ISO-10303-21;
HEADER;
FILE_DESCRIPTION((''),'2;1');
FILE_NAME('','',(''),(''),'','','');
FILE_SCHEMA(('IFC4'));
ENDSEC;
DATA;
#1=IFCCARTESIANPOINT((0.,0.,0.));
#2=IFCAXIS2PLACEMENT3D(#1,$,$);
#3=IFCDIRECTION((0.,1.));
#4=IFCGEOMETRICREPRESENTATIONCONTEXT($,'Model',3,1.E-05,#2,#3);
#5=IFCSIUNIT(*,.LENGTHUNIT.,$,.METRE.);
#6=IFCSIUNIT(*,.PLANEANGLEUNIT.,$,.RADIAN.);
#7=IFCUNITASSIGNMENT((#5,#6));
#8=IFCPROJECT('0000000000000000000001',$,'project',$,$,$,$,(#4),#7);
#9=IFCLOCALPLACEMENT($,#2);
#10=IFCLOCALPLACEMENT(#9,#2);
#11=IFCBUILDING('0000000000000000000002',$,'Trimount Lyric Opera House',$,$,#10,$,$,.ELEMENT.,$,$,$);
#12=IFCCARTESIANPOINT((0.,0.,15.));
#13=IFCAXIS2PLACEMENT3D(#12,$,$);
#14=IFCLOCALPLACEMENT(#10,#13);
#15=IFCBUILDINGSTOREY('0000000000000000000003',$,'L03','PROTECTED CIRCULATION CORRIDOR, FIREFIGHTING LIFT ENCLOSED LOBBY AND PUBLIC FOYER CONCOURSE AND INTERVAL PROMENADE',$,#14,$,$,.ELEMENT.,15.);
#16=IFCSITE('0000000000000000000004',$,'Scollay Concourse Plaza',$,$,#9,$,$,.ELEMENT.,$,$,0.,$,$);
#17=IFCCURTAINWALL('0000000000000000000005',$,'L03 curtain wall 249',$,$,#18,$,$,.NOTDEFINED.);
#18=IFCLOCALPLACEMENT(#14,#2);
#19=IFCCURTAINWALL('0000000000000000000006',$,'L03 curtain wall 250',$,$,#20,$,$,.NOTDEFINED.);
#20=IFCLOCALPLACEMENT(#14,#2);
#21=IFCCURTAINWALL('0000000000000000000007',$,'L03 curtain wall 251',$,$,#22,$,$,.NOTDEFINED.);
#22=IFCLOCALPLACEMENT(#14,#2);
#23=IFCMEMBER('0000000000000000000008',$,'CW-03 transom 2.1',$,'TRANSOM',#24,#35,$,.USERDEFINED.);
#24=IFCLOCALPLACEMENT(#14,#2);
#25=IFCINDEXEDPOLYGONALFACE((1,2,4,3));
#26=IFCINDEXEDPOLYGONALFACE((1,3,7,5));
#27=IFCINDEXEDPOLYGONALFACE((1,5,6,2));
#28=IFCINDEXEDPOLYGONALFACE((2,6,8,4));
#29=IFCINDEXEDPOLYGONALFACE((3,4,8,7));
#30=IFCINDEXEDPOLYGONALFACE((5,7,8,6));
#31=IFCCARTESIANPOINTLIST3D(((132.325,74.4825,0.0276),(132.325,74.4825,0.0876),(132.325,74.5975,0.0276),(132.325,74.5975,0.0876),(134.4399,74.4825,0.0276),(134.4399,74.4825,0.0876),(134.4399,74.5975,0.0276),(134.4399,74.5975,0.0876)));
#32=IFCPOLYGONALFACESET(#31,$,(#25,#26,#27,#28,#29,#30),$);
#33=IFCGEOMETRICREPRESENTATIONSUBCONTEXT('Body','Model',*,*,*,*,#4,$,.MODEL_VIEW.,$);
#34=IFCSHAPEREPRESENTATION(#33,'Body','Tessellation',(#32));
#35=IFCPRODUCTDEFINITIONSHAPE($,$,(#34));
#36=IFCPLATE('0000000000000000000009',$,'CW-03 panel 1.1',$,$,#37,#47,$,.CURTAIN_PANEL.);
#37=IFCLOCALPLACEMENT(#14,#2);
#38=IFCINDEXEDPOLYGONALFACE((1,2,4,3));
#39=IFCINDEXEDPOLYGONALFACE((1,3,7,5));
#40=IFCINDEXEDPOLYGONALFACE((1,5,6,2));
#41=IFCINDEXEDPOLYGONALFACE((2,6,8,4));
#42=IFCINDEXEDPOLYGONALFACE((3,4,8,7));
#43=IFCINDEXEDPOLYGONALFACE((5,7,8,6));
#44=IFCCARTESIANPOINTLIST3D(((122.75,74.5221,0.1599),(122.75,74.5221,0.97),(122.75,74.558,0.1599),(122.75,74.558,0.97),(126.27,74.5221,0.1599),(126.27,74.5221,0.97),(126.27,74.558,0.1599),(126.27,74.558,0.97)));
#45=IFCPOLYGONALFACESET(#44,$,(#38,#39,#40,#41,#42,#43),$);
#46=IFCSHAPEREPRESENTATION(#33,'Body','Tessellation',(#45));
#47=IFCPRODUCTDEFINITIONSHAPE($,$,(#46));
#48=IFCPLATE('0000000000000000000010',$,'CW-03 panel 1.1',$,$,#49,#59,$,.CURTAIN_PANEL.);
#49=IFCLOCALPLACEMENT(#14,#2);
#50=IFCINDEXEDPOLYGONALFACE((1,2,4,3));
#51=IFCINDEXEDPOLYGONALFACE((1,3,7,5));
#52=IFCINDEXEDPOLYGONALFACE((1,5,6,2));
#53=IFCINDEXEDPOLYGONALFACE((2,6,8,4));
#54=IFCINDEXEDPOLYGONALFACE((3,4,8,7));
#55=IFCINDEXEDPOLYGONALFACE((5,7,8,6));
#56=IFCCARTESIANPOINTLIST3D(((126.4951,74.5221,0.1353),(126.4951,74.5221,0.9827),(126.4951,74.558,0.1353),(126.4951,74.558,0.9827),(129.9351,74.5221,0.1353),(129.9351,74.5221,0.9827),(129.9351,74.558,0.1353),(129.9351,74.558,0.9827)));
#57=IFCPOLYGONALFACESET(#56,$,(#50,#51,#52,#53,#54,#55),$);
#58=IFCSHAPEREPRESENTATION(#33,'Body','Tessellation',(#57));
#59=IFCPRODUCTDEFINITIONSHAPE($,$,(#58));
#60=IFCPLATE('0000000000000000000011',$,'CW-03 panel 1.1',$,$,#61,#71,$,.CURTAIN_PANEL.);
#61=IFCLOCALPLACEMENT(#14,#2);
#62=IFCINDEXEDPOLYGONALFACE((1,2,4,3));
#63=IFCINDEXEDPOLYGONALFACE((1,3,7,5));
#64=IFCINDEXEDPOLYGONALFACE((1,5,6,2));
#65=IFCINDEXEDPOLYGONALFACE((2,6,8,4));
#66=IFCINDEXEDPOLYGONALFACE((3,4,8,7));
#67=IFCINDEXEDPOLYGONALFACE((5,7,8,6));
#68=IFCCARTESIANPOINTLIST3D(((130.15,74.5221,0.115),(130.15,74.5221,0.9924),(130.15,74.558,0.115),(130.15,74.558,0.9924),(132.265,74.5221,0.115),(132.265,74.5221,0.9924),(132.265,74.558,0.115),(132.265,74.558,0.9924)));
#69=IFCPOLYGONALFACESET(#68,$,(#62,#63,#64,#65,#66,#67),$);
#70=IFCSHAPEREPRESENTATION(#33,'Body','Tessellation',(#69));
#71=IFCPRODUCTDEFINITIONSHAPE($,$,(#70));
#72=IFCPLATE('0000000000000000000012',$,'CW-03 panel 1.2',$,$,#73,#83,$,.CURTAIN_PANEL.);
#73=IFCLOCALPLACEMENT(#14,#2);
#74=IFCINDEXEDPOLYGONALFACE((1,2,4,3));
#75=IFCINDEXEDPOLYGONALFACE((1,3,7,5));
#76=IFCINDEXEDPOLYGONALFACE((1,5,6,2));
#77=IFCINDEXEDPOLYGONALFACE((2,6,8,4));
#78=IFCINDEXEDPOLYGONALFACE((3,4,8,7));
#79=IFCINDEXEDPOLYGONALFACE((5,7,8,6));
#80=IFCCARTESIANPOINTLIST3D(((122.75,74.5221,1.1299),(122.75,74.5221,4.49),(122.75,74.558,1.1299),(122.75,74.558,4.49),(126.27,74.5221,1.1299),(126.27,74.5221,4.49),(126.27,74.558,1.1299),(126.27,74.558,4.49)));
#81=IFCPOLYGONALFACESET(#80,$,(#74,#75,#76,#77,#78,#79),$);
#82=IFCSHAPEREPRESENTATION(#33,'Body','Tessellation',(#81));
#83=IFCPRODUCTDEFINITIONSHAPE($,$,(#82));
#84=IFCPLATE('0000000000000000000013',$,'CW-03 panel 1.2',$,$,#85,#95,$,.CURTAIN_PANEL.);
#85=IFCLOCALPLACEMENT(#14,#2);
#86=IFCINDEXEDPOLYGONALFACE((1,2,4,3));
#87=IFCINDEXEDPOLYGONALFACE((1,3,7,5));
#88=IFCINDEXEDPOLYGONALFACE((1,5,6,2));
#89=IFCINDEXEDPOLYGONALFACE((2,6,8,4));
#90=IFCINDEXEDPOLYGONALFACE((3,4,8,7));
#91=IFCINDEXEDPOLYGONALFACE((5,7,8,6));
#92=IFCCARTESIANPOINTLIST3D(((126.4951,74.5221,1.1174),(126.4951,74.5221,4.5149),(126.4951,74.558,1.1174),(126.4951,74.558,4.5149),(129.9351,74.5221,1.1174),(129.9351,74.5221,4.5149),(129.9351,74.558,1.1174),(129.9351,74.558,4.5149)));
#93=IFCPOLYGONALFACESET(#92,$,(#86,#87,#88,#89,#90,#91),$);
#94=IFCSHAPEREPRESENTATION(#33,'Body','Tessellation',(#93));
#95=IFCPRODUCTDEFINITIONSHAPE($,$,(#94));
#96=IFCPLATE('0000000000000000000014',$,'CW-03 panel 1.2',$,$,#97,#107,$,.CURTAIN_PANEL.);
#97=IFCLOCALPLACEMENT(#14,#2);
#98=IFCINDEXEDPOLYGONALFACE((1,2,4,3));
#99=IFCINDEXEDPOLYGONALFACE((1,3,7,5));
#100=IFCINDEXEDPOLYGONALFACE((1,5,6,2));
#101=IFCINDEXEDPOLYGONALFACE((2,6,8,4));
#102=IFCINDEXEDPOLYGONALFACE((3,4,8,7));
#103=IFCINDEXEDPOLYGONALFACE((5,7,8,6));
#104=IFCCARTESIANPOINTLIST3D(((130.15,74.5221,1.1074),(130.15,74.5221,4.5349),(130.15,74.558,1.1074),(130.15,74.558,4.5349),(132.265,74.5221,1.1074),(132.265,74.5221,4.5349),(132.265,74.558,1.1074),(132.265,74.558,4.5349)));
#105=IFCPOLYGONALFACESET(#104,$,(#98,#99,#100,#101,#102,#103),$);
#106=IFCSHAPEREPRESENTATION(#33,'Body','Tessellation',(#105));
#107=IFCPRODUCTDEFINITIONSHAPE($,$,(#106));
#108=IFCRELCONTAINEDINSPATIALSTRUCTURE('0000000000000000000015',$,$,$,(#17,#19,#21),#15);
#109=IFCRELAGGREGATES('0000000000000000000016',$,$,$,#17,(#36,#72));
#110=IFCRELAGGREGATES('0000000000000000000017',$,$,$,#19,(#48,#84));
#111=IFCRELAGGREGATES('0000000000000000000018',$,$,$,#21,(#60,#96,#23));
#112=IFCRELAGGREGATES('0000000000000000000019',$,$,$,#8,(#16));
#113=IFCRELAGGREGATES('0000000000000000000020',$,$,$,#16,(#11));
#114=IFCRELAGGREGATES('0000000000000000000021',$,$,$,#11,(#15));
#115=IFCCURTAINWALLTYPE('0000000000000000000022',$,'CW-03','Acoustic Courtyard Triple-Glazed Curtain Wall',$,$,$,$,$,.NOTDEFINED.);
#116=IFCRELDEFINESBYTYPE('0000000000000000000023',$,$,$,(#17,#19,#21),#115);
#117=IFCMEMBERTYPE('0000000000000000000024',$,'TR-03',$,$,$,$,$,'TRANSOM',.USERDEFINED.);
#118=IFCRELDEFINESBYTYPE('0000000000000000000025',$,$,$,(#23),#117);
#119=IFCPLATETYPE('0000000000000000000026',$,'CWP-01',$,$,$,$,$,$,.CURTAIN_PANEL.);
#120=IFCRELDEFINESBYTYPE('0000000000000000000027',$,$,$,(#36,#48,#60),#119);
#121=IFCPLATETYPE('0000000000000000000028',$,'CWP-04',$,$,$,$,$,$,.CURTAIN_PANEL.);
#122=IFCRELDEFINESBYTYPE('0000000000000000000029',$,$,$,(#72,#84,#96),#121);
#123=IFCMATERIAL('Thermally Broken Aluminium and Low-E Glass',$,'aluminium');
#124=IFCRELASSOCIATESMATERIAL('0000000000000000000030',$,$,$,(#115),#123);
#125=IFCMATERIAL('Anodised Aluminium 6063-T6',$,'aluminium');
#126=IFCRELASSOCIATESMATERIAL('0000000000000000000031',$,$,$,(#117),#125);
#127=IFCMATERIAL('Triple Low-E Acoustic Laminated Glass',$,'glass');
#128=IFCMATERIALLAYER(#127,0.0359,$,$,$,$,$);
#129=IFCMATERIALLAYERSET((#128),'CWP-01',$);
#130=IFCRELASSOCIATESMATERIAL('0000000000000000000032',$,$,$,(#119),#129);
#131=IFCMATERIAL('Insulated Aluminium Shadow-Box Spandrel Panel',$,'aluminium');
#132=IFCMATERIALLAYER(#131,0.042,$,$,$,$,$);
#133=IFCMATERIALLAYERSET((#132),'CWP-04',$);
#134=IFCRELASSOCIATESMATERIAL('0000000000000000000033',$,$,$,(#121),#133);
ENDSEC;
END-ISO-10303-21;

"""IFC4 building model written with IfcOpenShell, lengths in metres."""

from ifc_helpers import new_model, si_unit, direction, frame, origin, origin_2d, place, context, subcontext, project, spatial, rectangle, extrude, material, layer, layer_set, material_profile, profile_set, type_object, element, aggregate, save


model = new_model("IFC4")

# Units and contexts
model_context = context("Model", 3, precision=1e-05, world=origin(), true_north=direction((0.0, 1.0)))
body_context = subcontext(model_context, "Body", "Model", "MODEL_VIEW")
ifc_project = project(units=[si_unit("LENGTHUNIT", "METRE"), si_unit("PLANEANGLEUNIT", "RADIAN")], contexts=[model_context])

# Site, building, storey
site_placement = place(None, origin())
site = spatial("IfcSite", under=ifc_project, at=site_placement, Name="Scollay Concourse Plaza", CompositionType="ELEMENT", RefElevation=0.0)
building_placement = place(site_placement, origin())
building = spatial("IfcBuilding", under=site, at=building_placement, Name="Trimount Lyric Opera House", CompositionType="ELEMENT")
storey_placement = place(building_placement, frame((0.0, 0.0, 15.0)))
storey = spatial("IfcBuildingStorey", under=building, at=storey_placement, Name="L03", Description="PROTECTED CIRCULATION CORRIDOR, FIREFIGHTING LIFT ENCLOSED LOBBY AND PUBLIC FOYER CONCOURSE AND INTERVAL PROMENADE", CompositionType="ELEMENT", Elevation=15.0)

# Curtain wall
ifc_material_1 = material(Name="Thermally Broken Aluminium and Low-E Glass", Category="aluminium")
curtain_wall_type = type_object("IfcCurtainWallType", Name="CW-03", Description="Acoustic Courtyard Triple-Glazed Curtain Wall", PredefinedType="NOTDEFINED", material=ifc_material_1)
curtain_wall_1_placement = place(storey_placement, origin())
curtain_wall_1 = element("IfcCurtainWall", 1, at=curtain_wall_1_placement, inside=storey, type_object=curtain_wall_type, Name="L03 curtain wall 249", PredefinedType="NOTDEFINED")

# Curtain walls
curtain_wall_2_placement = place(storey_placement, origin())
curtain_wall_2 = element("IfcCurtainWall", 2, at=curtain_wall_2_placement, inside=storey, type_object=curtain_wall_type, Name="L03 curtain wall 250", PredefinedType="NOTDEFINED")
curtain_wall_3_placement = place(storey_placement, origin())
curtain_wall_3 = element("IfcCurtainWall", 3, at=curtain_wall_3_placement, inside=storey, type_object=curtain_wall_type, Name="L03 curtain wall 251", PredefinedType="NOTDEFINED")

# Member
ifc_material_2 = material(Name="Anodised Aluminium 6063-T6", Category="aluminium")
ifc_material_profile_1 = material_profile(ifc_material_2, rectangle(XDim=0.115, YDim=0.0601, at=origin_2d()), Name="ALU-TRAN-60X115")
ifc_profile_set_1 = profile_set([ifc_material_profile_1], Name="Anodised Aluminium 6063-T6")
member_type_1 = type_object("IfcMemberType", Name="TR-03", ElementType="TRANSOM", PredefinedType="USERDEFINED", material=ifc_profile_set_1)
member_1_placement = place(storey_placement, frame((132.325, 74.54, 0.0576), z_axis=(1.0, 0.0, 0.0), x_axis=(0.0, 1.0, 0.0)))
member_1 = element("IfcMember", 4, at=member_1_placement, type_object=member_type_1, Name="CW-03 transom 2.1", ObjectType="TRANSOM", PredefinedType="USERDEFINED", context=body_context, shape_type="SweptSolid", body=[
    extrude(rectangle(XDim=0.115, YDim=0.0601, at=origin_2d()), origin(), (0.0, 0.0, 1.0), 2.115),
])

# Plates
ifc_material_3 = material(Name="Triple Low-E Acoustic Laminated Glass", Category="glass")
ifc_layer_1 = layer(ifc_material_3, 0.0359)
ifc_layer_set_1 = layer_set([ifc_layer_1], Name="CWP-01")
plate_type_1 = type_object("IfcPlateType", Name="CWP-01", PredefinedType="CURTAIN_PANEL", material=ifc_layer_set_1)
plate_1_placement = place(storey_placement, frame((124.51, 74.54, 0.1599), z_axis=(0.0, 0.0, 1.0), x_axis=(1.0, 0.0, 0.0)))
plate_1 = element("IfcPlate", 5, at=plate_1_placement, type_object=plate_type_1, Name="CW-03 panel 1.1", PredefinedType="CURTAIN_PANEL", context=body_context, shape_type="SweptSolid", body=[
    extrude(rectangle(XDim=3.52, YDim=0.0359, at=origin_2d()), origin(), (0.0, 0.0, 1.0), 0.8101),
])
plate_2_placement = place(storey_placement, frame((128.2151, 74.54, 0.1353), z_axis=(0.0, 0.0, 1.0), x_axis=(1.0, 0.0, 0.0)))
plate_2 = element("IfcPlate", 6, at=plate_2_placement, type_object=plate_type_1, Name="CW-03 panel 1.1", PredefinedType="CURTAIN_PANEL", context=body_context, shape_type="SweptSolid", body=[
    extrude(rectangle(XDim=3.4399, YDim=0.0359, at=origin_2d()), origin(), (0.0, 0.0, 1.0), 0.8474),
])
plate_3_placement = place(storey_placement, frame((131.2075, 74.54, 0.115), z_axis=(0.0, 0.0, 1.0), x_axis=(1.0, 0.0, 0.0)))
plate_3 = element("IfcPlate", 7, at=plate_3_placement, type_object=plate_type_1, Name="CW-03 panel 1.1", PredefinedType="CURTAIN_PANEL", context=body_context, shape_type="SweptSolid", body=[
    extrude(rectangle(XDim=2.115, YDim=0.0359, at=origin_2d()), origin(), (0.0, 0.0, 1.0), 0.8774),
])
ifc_material_4 = material(Name="Insulated Aluminium Shadow-Box Spandrel Panel", Category="aluminium")
ifc_layer_2 = layer(ifc_material_4, 0.042)
ifc_layer_set_2 = layer_set([ifc_layer_2], Name="CWP-04")
plate_type_2 = type_object("IfcPlateType", Name="CWP-04", PredefinedType="CURTAIN_PANEL", material=ifc_layer_set_2)
plate_4_placement = place(storey_placement, frame((124.51, 74.54, 1.1299), z_axis=(0.0, 0.0, 1.0), x_axis=(1.0, 0.0, 0.0)))
plate_4 = element("IfcPlate", 8, at=plate_4_placement, type_object=plate_type_2, Name="CW-03 panel 1.2", PredefinedType="CURTAIN_PANEL", context=body_context, shape_type="SweptSolid", body=[
    extrude(rectangle(XDim=3.52, YDim=0.0359, at=origin_2d()), origin(), (0.0, 0.0, 1.0), 3.3601),
])
aggregate(curtain_wall_1, [plate_1, plate_4])
plate_5_placement = place(storey_placement, frame((128.2151, 74.54, 1.1174), z_axis=(0.0, 0.0, 1.0), x_axis=(1.0, 0.0, 0.0)))
plate_5 = element("IfcPlate", 9, at=plate_5_placement, type_object=plate_type_2, Name="CW-03 panel 1.2", PredefinedType="CURTAIN_PANEL", context=body_context, shape_type="SweptSolid", body=[
    extrude(rectangle(XDim=3.4399, YDim=0.0359, at=origin_2d()), origin(), (0.0, 0.0, 1.0), 3.3975),
])
aggregate(curtain_wall_2, [plate_2, plate_5])
plate_6_placement = place(storey_placement, frame((131.2075, 74.54, 1.1074), z_axis=(0.0, 0.0, 1.0), x_axis=(1.0, 0.0, 0.0)))
plate_6 = element("IfcPlate", 10, at=plate_6_placement, type_object=plate_type_2, Name="CW-03 panel 1.2", PredefinedType="CURTAIN_PANEL", context=body_context, shape_type="SweptSolid", body=[
    extrude(rectangle(XDim=2.115, YDim=0.0359, at=origin_2d()), origin(), (0.0, 0.0, 1.0), 3.4275),
])
aggregate(curtain_wall_3, [plate_3, plate_6, member_1])

save(model, "model.ifc")
